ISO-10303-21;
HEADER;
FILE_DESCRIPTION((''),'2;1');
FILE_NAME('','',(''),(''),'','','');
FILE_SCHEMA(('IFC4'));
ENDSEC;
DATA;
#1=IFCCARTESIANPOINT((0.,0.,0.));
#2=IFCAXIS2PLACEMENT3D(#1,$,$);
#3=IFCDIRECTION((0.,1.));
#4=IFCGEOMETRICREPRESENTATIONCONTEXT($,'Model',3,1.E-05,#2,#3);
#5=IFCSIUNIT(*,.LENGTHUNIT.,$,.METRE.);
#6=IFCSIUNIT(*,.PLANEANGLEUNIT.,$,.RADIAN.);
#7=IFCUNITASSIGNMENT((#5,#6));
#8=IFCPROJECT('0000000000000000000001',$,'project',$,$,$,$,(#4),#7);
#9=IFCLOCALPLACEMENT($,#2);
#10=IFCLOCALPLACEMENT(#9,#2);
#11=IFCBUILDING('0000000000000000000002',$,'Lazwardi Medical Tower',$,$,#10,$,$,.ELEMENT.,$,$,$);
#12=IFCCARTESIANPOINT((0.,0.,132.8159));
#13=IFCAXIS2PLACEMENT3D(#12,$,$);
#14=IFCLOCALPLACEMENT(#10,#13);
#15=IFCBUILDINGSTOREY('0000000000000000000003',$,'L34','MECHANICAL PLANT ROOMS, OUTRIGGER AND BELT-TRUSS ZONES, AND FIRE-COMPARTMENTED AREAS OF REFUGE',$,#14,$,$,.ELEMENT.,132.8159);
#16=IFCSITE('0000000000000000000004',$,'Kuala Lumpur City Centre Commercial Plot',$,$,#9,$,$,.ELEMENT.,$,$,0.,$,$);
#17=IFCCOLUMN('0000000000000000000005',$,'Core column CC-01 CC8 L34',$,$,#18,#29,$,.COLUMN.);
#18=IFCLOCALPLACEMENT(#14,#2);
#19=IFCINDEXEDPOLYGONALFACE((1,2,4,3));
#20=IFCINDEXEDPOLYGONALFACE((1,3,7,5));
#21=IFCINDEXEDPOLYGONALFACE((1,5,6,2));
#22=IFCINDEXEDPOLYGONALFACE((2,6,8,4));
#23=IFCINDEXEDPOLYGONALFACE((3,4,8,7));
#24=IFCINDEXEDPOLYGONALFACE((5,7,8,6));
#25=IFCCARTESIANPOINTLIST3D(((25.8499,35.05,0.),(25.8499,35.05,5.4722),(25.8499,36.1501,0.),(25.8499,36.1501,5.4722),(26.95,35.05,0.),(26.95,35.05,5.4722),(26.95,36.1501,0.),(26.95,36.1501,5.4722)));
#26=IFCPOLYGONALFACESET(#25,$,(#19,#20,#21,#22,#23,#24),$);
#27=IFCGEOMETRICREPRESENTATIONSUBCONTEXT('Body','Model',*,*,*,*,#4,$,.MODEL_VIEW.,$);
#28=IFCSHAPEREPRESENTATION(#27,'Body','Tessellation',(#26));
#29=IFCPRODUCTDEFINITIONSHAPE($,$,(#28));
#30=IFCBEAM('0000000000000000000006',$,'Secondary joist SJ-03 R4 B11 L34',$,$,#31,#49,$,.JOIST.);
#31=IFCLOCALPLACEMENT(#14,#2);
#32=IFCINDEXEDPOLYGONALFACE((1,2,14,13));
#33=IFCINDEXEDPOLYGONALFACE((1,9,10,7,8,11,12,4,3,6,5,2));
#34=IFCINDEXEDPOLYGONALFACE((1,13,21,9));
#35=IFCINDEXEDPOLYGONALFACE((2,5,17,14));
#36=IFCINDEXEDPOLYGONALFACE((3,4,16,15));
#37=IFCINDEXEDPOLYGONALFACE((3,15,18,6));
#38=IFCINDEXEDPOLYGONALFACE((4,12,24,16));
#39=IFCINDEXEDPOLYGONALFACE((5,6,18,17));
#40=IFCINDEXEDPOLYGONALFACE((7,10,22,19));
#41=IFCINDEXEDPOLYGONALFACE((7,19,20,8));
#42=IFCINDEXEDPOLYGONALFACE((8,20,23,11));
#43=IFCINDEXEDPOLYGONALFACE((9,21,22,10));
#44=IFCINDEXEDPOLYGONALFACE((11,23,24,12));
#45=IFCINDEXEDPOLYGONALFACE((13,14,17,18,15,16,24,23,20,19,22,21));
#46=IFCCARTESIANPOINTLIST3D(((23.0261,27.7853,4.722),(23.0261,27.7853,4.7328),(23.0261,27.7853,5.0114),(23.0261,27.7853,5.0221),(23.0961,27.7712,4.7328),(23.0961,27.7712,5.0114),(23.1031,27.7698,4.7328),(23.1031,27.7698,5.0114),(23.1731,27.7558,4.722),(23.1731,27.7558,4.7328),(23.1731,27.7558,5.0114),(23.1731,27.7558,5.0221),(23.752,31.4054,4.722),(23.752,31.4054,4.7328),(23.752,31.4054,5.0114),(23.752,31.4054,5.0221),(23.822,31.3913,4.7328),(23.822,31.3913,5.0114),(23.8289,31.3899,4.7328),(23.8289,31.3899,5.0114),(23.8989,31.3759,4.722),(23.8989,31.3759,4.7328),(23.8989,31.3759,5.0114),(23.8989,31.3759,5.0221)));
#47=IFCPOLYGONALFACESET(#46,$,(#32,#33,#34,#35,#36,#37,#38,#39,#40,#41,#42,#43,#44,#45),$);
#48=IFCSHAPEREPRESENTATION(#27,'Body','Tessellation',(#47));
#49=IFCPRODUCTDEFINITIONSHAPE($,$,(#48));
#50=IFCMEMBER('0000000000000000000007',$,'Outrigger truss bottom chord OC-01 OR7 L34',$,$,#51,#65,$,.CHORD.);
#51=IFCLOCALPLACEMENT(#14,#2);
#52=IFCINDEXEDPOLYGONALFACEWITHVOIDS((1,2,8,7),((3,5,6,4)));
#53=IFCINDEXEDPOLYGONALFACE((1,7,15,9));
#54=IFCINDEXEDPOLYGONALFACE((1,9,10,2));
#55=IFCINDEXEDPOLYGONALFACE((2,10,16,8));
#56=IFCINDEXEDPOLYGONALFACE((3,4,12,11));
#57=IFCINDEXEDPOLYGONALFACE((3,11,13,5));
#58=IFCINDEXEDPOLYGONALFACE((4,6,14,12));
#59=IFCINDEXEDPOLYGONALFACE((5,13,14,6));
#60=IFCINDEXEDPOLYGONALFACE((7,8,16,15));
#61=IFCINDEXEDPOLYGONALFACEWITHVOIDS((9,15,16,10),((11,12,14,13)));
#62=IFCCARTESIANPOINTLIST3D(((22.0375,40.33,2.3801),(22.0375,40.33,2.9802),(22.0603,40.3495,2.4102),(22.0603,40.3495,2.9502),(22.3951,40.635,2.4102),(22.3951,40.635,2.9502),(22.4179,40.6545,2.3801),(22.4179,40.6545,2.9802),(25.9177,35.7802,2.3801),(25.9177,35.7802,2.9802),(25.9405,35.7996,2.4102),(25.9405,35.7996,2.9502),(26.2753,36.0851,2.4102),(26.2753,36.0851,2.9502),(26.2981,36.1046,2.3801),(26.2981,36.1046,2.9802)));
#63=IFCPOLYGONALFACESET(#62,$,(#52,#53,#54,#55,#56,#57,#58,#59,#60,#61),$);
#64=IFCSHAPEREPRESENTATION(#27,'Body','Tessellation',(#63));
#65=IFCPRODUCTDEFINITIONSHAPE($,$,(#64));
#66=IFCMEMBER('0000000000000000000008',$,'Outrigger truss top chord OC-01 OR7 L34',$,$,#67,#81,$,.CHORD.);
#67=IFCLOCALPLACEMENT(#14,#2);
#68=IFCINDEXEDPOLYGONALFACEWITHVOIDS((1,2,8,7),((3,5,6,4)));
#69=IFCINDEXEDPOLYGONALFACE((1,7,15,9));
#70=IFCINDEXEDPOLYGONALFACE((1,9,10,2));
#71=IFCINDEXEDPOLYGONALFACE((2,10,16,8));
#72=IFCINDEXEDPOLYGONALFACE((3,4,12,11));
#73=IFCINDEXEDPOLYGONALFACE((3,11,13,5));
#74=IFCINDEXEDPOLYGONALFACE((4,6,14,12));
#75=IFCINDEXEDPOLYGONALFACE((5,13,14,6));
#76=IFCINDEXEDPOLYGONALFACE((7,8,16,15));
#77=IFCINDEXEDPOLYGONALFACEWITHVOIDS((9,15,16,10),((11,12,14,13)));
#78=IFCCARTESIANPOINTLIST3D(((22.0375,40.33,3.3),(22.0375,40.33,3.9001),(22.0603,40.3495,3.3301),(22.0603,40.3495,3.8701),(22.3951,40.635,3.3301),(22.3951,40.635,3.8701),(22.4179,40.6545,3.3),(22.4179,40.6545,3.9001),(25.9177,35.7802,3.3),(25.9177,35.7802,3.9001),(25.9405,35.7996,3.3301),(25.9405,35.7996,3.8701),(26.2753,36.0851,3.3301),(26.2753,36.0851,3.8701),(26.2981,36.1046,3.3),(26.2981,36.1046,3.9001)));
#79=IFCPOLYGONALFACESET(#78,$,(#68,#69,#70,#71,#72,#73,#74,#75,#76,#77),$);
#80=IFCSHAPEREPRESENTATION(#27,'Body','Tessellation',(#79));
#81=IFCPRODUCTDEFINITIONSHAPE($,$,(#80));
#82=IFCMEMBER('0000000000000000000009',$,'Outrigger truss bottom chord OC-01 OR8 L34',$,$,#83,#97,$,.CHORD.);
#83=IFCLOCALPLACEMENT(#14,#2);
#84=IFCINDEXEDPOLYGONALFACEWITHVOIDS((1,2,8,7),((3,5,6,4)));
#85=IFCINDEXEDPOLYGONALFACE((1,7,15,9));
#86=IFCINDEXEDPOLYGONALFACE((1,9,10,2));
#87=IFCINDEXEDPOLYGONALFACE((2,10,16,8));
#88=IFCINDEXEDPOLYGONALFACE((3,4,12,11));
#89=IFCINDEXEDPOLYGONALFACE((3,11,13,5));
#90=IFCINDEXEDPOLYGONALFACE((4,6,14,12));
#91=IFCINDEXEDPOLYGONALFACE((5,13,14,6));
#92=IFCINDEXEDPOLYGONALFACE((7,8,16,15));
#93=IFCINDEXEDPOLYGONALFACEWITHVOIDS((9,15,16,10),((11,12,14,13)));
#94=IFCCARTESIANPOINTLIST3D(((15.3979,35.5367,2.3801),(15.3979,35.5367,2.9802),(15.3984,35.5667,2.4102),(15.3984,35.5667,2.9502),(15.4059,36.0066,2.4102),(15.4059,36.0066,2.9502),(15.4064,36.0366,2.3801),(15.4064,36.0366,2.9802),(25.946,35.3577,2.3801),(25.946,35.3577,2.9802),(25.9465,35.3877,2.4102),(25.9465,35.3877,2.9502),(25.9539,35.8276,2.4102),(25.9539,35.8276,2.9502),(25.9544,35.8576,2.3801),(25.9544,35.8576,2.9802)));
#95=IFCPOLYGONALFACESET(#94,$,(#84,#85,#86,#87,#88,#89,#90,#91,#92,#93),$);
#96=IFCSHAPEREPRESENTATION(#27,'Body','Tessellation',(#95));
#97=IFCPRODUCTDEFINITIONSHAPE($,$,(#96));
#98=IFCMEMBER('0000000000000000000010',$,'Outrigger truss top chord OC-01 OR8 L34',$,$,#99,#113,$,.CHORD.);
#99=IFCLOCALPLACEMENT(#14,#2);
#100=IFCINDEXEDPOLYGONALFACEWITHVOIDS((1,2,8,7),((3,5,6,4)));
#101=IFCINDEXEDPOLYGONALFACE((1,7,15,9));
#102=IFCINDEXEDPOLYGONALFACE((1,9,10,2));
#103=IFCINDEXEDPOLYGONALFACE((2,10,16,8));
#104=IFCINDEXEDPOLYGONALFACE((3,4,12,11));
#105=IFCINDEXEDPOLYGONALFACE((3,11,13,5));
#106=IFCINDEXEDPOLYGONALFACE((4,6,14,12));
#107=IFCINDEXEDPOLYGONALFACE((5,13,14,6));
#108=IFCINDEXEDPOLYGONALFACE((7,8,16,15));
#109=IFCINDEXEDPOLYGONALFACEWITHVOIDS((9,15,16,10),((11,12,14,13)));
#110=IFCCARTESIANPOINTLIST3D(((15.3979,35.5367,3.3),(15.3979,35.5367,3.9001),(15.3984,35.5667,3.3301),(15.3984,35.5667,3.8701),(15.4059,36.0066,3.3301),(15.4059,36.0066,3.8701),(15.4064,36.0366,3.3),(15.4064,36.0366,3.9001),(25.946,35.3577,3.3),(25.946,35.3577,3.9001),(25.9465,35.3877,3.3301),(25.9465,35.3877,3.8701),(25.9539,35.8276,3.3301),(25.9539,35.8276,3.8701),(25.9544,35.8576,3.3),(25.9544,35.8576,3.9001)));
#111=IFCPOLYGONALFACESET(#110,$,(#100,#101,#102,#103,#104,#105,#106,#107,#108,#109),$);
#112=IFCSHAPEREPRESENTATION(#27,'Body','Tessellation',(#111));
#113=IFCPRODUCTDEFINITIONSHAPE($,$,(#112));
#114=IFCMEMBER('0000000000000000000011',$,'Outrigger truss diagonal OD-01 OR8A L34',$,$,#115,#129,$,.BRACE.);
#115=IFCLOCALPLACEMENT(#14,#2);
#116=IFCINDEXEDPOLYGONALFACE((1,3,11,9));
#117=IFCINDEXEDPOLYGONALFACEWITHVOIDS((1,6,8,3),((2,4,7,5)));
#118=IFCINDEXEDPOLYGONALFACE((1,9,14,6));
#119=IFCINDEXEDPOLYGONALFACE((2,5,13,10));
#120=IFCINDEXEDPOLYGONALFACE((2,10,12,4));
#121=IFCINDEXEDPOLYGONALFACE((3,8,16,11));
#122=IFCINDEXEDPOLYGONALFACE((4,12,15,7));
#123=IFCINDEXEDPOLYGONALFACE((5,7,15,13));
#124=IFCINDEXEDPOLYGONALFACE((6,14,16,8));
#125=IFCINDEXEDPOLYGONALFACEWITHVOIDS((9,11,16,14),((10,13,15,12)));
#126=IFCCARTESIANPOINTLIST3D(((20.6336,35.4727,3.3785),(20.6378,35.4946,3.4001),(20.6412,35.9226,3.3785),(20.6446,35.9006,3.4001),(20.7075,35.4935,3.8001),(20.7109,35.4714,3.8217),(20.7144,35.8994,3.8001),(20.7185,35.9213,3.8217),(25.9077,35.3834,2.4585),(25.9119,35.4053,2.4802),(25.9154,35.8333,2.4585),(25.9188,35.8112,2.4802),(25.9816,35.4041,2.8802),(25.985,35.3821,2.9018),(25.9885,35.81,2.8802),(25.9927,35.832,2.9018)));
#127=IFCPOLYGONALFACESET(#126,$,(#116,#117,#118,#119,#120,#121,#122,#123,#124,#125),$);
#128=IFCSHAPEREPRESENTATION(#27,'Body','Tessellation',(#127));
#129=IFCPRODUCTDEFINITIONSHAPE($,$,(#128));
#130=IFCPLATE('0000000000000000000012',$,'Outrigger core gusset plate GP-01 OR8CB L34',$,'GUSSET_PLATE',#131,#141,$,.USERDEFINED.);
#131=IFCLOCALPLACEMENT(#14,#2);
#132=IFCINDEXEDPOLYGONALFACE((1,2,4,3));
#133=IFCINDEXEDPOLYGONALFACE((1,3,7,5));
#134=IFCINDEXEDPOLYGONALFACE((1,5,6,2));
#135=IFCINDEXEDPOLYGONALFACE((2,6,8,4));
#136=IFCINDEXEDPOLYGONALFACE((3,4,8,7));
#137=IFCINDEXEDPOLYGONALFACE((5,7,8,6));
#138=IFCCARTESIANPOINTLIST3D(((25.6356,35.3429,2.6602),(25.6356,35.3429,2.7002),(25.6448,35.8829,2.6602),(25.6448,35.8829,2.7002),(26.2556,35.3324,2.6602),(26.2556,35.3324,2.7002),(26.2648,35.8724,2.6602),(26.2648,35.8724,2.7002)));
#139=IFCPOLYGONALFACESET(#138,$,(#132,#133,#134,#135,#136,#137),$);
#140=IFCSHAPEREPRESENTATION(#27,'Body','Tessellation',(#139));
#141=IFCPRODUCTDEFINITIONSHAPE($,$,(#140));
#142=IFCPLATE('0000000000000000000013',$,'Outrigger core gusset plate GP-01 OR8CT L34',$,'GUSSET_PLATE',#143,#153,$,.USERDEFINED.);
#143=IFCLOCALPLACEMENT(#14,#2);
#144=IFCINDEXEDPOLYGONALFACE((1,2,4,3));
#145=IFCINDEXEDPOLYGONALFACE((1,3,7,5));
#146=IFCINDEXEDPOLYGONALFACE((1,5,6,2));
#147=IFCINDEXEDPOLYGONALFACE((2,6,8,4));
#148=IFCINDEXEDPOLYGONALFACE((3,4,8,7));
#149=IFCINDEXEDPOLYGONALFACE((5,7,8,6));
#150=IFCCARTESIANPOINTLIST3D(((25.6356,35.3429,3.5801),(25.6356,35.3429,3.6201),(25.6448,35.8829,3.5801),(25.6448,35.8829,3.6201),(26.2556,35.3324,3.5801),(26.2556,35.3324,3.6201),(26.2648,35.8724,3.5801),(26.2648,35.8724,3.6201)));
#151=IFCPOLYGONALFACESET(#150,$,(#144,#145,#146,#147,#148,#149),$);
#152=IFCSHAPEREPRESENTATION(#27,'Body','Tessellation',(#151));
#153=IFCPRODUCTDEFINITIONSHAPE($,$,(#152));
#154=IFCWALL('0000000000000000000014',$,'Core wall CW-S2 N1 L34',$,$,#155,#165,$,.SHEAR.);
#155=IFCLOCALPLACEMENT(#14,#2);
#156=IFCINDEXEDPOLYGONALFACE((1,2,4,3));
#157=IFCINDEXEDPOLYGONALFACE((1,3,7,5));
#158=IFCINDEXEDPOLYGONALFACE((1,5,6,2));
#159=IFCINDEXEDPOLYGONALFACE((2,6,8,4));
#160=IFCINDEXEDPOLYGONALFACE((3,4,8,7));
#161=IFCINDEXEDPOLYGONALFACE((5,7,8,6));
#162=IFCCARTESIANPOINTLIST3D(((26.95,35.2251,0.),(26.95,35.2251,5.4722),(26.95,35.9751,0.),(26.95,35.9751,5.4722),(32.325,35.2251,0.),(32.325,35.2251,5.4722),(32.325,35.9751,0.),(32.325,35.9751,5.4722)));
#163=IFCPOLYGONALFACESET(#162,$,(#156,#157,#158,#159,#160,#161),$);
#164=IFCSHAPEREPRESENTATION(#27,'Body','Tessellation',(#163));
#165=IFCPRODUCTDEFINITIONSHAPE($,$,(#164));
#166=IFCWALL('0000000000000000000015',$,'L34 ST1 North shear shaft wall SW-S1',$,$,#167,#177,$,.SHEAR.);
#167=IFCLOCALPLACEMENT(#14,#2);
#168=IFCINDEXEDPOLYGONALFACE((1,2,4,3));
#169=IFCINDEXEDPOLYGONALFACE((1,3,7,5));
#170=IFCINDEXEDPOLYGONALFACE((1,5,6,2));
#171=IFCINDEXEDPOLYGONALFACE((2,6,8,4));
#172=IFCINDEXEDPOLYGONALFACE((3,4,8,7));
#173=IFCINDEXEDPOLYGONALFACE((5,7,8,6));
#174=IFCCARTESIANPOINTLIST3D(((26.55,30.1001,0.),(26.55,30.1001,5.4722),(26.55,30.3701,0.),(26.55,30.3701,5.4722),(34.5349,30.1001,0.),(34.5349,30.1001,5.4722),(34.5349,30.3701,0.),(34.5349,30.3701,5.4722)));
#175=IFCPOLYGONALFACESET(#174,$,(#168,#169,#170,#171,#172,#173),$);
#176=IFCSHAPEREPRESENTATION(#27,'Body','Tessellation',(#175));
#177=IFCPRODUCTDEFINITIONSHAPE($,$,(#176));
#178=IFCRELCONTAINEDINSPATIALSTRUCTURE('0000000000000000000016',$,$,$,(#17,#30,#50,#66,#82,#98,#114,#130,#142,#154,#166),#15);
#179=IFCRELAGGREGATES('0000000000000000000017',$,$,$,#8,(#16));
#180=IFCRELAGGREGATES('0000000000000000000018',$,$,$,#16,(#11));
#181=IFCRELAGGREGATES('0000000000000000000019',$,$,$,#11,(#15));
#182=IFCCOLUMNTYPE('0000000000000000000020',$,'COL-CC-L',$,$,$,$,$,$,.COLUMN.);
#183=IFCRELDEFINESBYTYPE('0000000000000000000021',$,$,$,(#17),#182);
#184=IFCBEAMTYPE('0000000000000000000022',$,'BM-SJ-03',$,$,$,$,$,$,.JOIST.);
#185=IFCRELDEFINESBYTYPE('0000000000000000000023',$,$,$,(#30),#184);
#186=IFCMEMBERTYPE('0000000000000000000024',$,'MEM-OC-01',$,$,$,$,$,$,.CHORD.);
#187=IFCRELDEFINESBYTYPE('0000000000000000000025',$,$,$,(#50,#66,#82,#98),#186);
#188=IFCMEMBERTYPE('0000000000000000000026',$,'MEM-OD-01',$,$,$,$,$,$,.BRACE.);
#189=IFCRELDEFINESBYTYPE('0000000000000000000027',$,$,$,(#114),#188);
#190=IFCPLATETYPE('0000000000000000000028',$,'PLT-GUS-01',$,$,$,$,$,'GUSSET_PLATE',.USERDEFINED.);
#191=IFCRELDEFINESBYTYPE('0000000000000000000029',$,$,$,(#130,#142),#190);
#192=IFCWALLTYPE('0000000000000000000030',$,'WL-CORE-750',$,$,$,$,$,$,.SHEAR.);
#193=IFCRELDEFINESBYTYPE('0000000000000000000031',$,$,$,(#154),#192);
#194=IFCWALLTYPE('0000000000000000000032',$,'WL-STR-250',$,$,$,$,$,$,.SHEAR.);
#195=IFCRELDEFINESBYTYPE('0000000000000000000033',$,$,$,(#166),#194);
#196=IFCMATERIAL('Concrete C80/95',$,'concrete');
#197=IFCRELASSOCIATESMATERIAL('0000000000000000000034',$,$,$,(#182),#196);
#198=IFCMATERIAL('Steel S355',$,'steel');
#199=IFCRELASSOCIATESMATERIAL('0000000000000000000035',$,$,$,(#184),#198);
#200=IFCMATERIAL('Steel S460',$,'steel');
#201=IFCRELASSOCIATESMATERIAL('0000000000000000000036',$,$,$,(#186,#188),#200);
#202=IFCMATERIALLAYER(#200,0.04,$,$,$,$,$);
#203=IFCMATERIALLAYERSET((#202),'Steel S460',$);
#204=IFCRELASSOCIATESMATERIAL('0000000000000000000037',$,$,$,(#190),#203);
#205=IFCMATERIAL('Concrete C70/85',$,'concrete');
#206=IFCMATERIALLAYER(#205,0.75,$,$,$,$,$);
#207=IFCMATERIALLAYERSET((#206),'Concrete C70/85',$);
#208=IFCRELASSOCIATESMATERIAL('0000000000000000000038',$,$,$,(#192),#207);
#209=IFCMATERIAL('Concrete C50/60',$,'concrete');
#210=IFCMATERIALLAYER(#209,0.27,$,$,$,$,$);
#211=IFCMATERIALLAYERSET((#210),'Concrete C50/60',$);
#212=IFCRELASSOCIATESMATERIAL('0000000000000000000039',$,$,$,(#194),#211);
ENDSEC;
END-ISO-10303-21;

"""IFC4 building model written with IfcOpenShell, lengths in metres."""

from ifc_helpers import new_model, si_unit, direction, frame, frame_2d, origin, origin_2d, place, context, subcontext, project, spatial, rectangle, hollow_rectangle, i_section, extrude, material, layer, layer_set, material_profile, profile_set, type_object, element, save


model = new_model("IFC4")

# Units and contexts
model_context = context("Model", 3, precision=1e-05, world=origin(), true_north=direction((0.0, 1.0)))
body_context = subcontext(model_context, "Body", "Model", "MODEL_VIEW")
ifc_project = project(units=[si_unit("LENGTHUNIT", "METRE"), si_unit("PLANEANGLEUNIT", "RADIAN")], contexts=[model_context])

# Site, building, storey
site_placement = place(None, origin())
site = spatial("IfcSite", under=ifc_project, at=site_placement, Name="Kuala Lumpur City Centre Commercial Plot", CompositionType="ELEMENT", RefElevation=0.0)
building_placement = place(site_placement, origin())
building = spatial("IfcBuilding", under=site, at=building_placement, Name="Lazwardi Medical Tower", CompositionType="ELEMENT")
storey_placement = place(building_placement, frame((0.0, 0.0, 132.8159)))
storey = spatial("IfcBuildingStorey", under=building, at=storey_placement, Name="L34", Description="MECHANICAL PLANT ROOMS, OUTRIGGER AND BELT-TRUSS ZONES, AND FIRE-COMPARTMENTED AREAS OF REFUGE", CompositionType="ELEMENT", Elevation=132.8159)

# Column
ifc_material_1 = material(Name="Concrete C80/95", Category="concrete")
ifc_material_profile_1 = material_profile(ifc_material_1, rectangle(XDim=1.1001, YDim=1.1001, at=origin_2d()), Name="RC 1100x1100")
ifc_profile_set_1 = profile_set([ifc_material_profile_1], Name="Concrete C80/95")
column_type = type_object("IfcColumnType", Name="COL-CC-L", PredefinedType="COLUMN", material=ifc_profile_set_1)
column_placement = place(storey_placement, frame((26.3999, 35.6001, 0.0), z_axis=(0.0, 0.0, 1.0), x_axis=(1.0, 0.0, 0.0)))
element("IfcColumn", 1, at=column_placement, inside=storey, type_object=column_type, Name="Core column CC-01 CC8 L34", PredefinedType="COLUMN", context=body_context, shape_type="SweptSolid", body=[
    extrude(rectangle(XDim=1.1001, YDim=1.1001, at=origin_2d()), origin(), (0.0, 0.0, 1.0), 5.4722),
])

# Beam
ifc_material_2 = material(Name="Steel S355", Category="steel")
ifc_material_profile_2 = material_profile(ifc_material_2, i_section(OverallWidth=0.1499, OverallDepth=0.3, WebThickness=0.0071, FlangeThickness=0.0107, at=origin_2d()), Name="IPE 300")
ifc_profile_set_2 = profile_set([ifc_material_profile_2], Name="Steel S355")
beam_type = type_object("IfcBeamType", Name="BM-SJ-03", PredefinedType="JOIST", material=ifc_profile_set_2)
beam_placement = place(storey_placement, frame((23.8254, 31.3906, 4.8721), z_axis=(-0.196587, -0.980486, 0.0), x_axis=(0.980486, -0.196587, 0.0)))
element("IfcBeam", 2, at=beam_placement, inside=storey, type_object=beam_type, Name="Secondary joist SJ-03 R4 B11 L34", PredefinedType="JOIST", context=body_context, shape_type="SweptSolid", body=[
    extrude(i_section(OverallWidth=0.1499, OverallDepth=0.3, WebThickness=0.0071, FlangeThickness=0.0107, at=origin_2d()), origin(), (0.0, 0.0, 1.0), 3.6921),
])

# Members
ifc_material_3 = material(Name="Steel S460", Category="steel")
ifc_material_profile_3 = material_profile(ifc_material_3, hollow_rectangle(XDim=0.5, YDim=0.6001, WallThickness=0.03, at=origin_2d()), Name="RHS 600x500x30")
ifc_profile_set_3 = profile_set([ifc_material_profile_3], Name="Steel S460")
member_type_1 = type_object("IfcMemberType", Name="MEM-OC-01", PredefinedType="CHORD", material=ifc_profile_set_3)
for number, where, z_axis, x_axis, name in (
    (3, (26.1079, 35.9424, 2.6802), (-0.64889, 0.760883, 0.0), (-0.760883, -0.64889, 0.0), "Outrigger truss bottom chord OC-01 OR7 L34"),
    (4, (26.1079, 35.9424, 3.6001), (-0.64889, 0.760883, 0.0), (-0.760883, -0.64889, 0.0), "Outrigger truss top chord OC-01 OR7 L34"),
):
    element("IfcMember", number, at=place(storey_placement, frame(where, z_axis=z_axis, x_axis=x_axis)), inside=storey, type_object=member_type_1, Name=name, PredefinedType="CHORD", context=body_context, shape_type="SweptSolid", body=[
        extrude(hollow_rectangle(XDim=0.5, YDim=0.6001, WallThickness=0.03, at=origin_2d()), origin(), (0.0, 0.0, 1.0), 5.9797),
    ])
for number, where, z_axis, x_axis, name in (
    (5, (25.9502, 35.6077, 2.6802), (-0.999856, 0.016963, 0.0), (-0.016963, -0.999856, 0.0), "Outrigger truss bottom chord OC-01 OR8 L34"),
    (6, (25.9502, 35.6077, 3.6001), (-0.999856, 0.016963, 0.0), (-0.016963, -0.999856, 0.0), "Outrigger truss top chord OC-01 OR8 L34"),
):
    element("IfcMember", number, at=place(storey_placement, frame(where, z_axis=z_axis, x_axis=x_axis)), inside=storey, type_object=member_type_1, Name=name, PredefinedType="CHORD", context=body_context, shape_type="SweptSolid", body=[
        extrude(hollow_rectangle(XDim=0.5, YDim=0.6001, WallThickness=0.03, at=origin_2d()), origin(), (0.0, 0.0, 1.0), 10.5496),
    ])
ifc_material_profile_4 = material_profile(ifc_material_3, hollow_rectangle(XDim=0.45, YDim=0.45, WallThickness=0.022, at=origin_2d()), Name="RHS 450x450x22")
ifc_profile_set_4 = profile_set([ifc_material_profile_4], Name="Steel S460")
member_type_2 = type_object("IfcMemberType", Name="MEM-OD-01", PredefinedType="BRACE", material=ifc_profile_set_4)
member_placement = place(storey_placement, frame((25.9502, 35.6077, 2.6802), z_axis=(-0.98499, 0.016688, 0.171802), x_axis=(-0.01694, -0.999857, 0.0)))
element("IfcMember", 7, at=member_placement, inside=storey, type_object=member_type_2, Name="Outrigger truss diagonal OD-01 OR8A L34", PredefinedType="BRACE", context=body_context, shape_type="SweptSolid", body=[
    extrude(hollow_rectangle(XDim=0.45, YDim=0.45, WallThickness=0.022, at=origin_2d()), origin(), (0.0, 0.0, 1.0), 5.3545),
])

# Plates
ifc_layer_1 = layer(ifc_material_3, 0.04)
ifc_layer_set_1 = layer_set([ifc_layer_1], Name="Steel S460")
plate_type = type_object("IfcPlateType", Name="PLT-GUS-01", ElementType="GUSSET_PLATE", PredefinedType="USERDEFINED", material=ifc_layer_set_1)
for number, where, z_axis, x_axis, name in (
    (8, (25.9502, 35.6077, 2.6602), (0.0, 0.0, 1.0), (-0.999857, 0.016929, 0.0), "Outrigger core gusset plate GP-01 OR8CB L34"),
    (9, (25.9502, 35.6077, 3.5801), (0.0, 0.0, 1.0), (-0.999857, 0.016929, 0.0), "Outrigger core gusset plate GP-01 OR8CT L34"),
):
    element("IfcPlate", number, at=place(storey_placement, frame(where, z_axis=z_axis, x_axis=x_axis)), inside=storey, type_object=plate_type, Name=name, ObjectType="GUSSET_PLATE", PredefinedType="USERDEFINED", context=body_context, shape_type="SweptSolid", body=[
        extrude(rectangle(XDim=0.6201, YDim=0.54, at=origin_2d()), origin(), (0.0, 0.0, 1.0), 0.04),
    ])

# Walls
ifc_material_4 = material(Name="Concrete C70/85", Category="concrete")
ifc_layer_2 = layer(ifc_material_4, 0.75)
ifc_layer_set_2 = layer_set([ifc_layer_2], Name="Concrete C70/85")
wall_type_1 = type_object("IfcWallType", Name="WL-CORE-750", PredefinedType="SHEAR", material=ifc_layer_set_2)
wall_1_placement = place(storey_placement, frame((26.95, 35.6001, 0.0), z_axis=(0.0, 0.0, 1.0), x_axis=(1.0, 0.0, 0.0)))
element("IfcWall", 10, at=wall_1_placement, inside=storey, type_object=wall_type_1, Name="Core wall CW-S2 N1 L34", PredefinedType="SHEAR", context=body_context, shape_type="SweptSolid", body=[
    extrude(rectangle(XDim=5.375, YDim=0.75, at=frame_2d((2.6875, 0.0))), origin(), (0.0, 0.0, 1.0), 5.4722),
])
ifc_material_5 = material(Name="Concrete C50/60", Category="concrete")
ifc_layer_3 = layer(ifc_material_5, 0.27)
ifc_layer_set_3 = layer_set([ifc_layer_3], Name="Concrete C50/60")
wall_type_2 = type_object("IfcWallType", Name="WL-STR-250", PredefinedType="SHEAR", material=ifc_layer_set_3)
wall_2_placement = place(storey_placement, frame((26.55, 30.2351, 0.0), z_axis=(0.0, 0.0, 1.0), x_axis=(1.0, 0.0, 0.0)))
element("IfcWall", 11, at=wall_2_placement, inside=storey, type_object=wall_type_2, Name="L34 ST1 North shear shaft wall SW-S1", PredefinedType="SHEAR", context=body_context, shape_type="SweptSolid", body=[
    extrude(rectangle(XDim=7.9849, YDim=0.27, at=frame_2d((3.9924, 0.0))), origin(), (0.0, 0.0, 1.0), 5.4722),
])

save(model, "model.ifc")
